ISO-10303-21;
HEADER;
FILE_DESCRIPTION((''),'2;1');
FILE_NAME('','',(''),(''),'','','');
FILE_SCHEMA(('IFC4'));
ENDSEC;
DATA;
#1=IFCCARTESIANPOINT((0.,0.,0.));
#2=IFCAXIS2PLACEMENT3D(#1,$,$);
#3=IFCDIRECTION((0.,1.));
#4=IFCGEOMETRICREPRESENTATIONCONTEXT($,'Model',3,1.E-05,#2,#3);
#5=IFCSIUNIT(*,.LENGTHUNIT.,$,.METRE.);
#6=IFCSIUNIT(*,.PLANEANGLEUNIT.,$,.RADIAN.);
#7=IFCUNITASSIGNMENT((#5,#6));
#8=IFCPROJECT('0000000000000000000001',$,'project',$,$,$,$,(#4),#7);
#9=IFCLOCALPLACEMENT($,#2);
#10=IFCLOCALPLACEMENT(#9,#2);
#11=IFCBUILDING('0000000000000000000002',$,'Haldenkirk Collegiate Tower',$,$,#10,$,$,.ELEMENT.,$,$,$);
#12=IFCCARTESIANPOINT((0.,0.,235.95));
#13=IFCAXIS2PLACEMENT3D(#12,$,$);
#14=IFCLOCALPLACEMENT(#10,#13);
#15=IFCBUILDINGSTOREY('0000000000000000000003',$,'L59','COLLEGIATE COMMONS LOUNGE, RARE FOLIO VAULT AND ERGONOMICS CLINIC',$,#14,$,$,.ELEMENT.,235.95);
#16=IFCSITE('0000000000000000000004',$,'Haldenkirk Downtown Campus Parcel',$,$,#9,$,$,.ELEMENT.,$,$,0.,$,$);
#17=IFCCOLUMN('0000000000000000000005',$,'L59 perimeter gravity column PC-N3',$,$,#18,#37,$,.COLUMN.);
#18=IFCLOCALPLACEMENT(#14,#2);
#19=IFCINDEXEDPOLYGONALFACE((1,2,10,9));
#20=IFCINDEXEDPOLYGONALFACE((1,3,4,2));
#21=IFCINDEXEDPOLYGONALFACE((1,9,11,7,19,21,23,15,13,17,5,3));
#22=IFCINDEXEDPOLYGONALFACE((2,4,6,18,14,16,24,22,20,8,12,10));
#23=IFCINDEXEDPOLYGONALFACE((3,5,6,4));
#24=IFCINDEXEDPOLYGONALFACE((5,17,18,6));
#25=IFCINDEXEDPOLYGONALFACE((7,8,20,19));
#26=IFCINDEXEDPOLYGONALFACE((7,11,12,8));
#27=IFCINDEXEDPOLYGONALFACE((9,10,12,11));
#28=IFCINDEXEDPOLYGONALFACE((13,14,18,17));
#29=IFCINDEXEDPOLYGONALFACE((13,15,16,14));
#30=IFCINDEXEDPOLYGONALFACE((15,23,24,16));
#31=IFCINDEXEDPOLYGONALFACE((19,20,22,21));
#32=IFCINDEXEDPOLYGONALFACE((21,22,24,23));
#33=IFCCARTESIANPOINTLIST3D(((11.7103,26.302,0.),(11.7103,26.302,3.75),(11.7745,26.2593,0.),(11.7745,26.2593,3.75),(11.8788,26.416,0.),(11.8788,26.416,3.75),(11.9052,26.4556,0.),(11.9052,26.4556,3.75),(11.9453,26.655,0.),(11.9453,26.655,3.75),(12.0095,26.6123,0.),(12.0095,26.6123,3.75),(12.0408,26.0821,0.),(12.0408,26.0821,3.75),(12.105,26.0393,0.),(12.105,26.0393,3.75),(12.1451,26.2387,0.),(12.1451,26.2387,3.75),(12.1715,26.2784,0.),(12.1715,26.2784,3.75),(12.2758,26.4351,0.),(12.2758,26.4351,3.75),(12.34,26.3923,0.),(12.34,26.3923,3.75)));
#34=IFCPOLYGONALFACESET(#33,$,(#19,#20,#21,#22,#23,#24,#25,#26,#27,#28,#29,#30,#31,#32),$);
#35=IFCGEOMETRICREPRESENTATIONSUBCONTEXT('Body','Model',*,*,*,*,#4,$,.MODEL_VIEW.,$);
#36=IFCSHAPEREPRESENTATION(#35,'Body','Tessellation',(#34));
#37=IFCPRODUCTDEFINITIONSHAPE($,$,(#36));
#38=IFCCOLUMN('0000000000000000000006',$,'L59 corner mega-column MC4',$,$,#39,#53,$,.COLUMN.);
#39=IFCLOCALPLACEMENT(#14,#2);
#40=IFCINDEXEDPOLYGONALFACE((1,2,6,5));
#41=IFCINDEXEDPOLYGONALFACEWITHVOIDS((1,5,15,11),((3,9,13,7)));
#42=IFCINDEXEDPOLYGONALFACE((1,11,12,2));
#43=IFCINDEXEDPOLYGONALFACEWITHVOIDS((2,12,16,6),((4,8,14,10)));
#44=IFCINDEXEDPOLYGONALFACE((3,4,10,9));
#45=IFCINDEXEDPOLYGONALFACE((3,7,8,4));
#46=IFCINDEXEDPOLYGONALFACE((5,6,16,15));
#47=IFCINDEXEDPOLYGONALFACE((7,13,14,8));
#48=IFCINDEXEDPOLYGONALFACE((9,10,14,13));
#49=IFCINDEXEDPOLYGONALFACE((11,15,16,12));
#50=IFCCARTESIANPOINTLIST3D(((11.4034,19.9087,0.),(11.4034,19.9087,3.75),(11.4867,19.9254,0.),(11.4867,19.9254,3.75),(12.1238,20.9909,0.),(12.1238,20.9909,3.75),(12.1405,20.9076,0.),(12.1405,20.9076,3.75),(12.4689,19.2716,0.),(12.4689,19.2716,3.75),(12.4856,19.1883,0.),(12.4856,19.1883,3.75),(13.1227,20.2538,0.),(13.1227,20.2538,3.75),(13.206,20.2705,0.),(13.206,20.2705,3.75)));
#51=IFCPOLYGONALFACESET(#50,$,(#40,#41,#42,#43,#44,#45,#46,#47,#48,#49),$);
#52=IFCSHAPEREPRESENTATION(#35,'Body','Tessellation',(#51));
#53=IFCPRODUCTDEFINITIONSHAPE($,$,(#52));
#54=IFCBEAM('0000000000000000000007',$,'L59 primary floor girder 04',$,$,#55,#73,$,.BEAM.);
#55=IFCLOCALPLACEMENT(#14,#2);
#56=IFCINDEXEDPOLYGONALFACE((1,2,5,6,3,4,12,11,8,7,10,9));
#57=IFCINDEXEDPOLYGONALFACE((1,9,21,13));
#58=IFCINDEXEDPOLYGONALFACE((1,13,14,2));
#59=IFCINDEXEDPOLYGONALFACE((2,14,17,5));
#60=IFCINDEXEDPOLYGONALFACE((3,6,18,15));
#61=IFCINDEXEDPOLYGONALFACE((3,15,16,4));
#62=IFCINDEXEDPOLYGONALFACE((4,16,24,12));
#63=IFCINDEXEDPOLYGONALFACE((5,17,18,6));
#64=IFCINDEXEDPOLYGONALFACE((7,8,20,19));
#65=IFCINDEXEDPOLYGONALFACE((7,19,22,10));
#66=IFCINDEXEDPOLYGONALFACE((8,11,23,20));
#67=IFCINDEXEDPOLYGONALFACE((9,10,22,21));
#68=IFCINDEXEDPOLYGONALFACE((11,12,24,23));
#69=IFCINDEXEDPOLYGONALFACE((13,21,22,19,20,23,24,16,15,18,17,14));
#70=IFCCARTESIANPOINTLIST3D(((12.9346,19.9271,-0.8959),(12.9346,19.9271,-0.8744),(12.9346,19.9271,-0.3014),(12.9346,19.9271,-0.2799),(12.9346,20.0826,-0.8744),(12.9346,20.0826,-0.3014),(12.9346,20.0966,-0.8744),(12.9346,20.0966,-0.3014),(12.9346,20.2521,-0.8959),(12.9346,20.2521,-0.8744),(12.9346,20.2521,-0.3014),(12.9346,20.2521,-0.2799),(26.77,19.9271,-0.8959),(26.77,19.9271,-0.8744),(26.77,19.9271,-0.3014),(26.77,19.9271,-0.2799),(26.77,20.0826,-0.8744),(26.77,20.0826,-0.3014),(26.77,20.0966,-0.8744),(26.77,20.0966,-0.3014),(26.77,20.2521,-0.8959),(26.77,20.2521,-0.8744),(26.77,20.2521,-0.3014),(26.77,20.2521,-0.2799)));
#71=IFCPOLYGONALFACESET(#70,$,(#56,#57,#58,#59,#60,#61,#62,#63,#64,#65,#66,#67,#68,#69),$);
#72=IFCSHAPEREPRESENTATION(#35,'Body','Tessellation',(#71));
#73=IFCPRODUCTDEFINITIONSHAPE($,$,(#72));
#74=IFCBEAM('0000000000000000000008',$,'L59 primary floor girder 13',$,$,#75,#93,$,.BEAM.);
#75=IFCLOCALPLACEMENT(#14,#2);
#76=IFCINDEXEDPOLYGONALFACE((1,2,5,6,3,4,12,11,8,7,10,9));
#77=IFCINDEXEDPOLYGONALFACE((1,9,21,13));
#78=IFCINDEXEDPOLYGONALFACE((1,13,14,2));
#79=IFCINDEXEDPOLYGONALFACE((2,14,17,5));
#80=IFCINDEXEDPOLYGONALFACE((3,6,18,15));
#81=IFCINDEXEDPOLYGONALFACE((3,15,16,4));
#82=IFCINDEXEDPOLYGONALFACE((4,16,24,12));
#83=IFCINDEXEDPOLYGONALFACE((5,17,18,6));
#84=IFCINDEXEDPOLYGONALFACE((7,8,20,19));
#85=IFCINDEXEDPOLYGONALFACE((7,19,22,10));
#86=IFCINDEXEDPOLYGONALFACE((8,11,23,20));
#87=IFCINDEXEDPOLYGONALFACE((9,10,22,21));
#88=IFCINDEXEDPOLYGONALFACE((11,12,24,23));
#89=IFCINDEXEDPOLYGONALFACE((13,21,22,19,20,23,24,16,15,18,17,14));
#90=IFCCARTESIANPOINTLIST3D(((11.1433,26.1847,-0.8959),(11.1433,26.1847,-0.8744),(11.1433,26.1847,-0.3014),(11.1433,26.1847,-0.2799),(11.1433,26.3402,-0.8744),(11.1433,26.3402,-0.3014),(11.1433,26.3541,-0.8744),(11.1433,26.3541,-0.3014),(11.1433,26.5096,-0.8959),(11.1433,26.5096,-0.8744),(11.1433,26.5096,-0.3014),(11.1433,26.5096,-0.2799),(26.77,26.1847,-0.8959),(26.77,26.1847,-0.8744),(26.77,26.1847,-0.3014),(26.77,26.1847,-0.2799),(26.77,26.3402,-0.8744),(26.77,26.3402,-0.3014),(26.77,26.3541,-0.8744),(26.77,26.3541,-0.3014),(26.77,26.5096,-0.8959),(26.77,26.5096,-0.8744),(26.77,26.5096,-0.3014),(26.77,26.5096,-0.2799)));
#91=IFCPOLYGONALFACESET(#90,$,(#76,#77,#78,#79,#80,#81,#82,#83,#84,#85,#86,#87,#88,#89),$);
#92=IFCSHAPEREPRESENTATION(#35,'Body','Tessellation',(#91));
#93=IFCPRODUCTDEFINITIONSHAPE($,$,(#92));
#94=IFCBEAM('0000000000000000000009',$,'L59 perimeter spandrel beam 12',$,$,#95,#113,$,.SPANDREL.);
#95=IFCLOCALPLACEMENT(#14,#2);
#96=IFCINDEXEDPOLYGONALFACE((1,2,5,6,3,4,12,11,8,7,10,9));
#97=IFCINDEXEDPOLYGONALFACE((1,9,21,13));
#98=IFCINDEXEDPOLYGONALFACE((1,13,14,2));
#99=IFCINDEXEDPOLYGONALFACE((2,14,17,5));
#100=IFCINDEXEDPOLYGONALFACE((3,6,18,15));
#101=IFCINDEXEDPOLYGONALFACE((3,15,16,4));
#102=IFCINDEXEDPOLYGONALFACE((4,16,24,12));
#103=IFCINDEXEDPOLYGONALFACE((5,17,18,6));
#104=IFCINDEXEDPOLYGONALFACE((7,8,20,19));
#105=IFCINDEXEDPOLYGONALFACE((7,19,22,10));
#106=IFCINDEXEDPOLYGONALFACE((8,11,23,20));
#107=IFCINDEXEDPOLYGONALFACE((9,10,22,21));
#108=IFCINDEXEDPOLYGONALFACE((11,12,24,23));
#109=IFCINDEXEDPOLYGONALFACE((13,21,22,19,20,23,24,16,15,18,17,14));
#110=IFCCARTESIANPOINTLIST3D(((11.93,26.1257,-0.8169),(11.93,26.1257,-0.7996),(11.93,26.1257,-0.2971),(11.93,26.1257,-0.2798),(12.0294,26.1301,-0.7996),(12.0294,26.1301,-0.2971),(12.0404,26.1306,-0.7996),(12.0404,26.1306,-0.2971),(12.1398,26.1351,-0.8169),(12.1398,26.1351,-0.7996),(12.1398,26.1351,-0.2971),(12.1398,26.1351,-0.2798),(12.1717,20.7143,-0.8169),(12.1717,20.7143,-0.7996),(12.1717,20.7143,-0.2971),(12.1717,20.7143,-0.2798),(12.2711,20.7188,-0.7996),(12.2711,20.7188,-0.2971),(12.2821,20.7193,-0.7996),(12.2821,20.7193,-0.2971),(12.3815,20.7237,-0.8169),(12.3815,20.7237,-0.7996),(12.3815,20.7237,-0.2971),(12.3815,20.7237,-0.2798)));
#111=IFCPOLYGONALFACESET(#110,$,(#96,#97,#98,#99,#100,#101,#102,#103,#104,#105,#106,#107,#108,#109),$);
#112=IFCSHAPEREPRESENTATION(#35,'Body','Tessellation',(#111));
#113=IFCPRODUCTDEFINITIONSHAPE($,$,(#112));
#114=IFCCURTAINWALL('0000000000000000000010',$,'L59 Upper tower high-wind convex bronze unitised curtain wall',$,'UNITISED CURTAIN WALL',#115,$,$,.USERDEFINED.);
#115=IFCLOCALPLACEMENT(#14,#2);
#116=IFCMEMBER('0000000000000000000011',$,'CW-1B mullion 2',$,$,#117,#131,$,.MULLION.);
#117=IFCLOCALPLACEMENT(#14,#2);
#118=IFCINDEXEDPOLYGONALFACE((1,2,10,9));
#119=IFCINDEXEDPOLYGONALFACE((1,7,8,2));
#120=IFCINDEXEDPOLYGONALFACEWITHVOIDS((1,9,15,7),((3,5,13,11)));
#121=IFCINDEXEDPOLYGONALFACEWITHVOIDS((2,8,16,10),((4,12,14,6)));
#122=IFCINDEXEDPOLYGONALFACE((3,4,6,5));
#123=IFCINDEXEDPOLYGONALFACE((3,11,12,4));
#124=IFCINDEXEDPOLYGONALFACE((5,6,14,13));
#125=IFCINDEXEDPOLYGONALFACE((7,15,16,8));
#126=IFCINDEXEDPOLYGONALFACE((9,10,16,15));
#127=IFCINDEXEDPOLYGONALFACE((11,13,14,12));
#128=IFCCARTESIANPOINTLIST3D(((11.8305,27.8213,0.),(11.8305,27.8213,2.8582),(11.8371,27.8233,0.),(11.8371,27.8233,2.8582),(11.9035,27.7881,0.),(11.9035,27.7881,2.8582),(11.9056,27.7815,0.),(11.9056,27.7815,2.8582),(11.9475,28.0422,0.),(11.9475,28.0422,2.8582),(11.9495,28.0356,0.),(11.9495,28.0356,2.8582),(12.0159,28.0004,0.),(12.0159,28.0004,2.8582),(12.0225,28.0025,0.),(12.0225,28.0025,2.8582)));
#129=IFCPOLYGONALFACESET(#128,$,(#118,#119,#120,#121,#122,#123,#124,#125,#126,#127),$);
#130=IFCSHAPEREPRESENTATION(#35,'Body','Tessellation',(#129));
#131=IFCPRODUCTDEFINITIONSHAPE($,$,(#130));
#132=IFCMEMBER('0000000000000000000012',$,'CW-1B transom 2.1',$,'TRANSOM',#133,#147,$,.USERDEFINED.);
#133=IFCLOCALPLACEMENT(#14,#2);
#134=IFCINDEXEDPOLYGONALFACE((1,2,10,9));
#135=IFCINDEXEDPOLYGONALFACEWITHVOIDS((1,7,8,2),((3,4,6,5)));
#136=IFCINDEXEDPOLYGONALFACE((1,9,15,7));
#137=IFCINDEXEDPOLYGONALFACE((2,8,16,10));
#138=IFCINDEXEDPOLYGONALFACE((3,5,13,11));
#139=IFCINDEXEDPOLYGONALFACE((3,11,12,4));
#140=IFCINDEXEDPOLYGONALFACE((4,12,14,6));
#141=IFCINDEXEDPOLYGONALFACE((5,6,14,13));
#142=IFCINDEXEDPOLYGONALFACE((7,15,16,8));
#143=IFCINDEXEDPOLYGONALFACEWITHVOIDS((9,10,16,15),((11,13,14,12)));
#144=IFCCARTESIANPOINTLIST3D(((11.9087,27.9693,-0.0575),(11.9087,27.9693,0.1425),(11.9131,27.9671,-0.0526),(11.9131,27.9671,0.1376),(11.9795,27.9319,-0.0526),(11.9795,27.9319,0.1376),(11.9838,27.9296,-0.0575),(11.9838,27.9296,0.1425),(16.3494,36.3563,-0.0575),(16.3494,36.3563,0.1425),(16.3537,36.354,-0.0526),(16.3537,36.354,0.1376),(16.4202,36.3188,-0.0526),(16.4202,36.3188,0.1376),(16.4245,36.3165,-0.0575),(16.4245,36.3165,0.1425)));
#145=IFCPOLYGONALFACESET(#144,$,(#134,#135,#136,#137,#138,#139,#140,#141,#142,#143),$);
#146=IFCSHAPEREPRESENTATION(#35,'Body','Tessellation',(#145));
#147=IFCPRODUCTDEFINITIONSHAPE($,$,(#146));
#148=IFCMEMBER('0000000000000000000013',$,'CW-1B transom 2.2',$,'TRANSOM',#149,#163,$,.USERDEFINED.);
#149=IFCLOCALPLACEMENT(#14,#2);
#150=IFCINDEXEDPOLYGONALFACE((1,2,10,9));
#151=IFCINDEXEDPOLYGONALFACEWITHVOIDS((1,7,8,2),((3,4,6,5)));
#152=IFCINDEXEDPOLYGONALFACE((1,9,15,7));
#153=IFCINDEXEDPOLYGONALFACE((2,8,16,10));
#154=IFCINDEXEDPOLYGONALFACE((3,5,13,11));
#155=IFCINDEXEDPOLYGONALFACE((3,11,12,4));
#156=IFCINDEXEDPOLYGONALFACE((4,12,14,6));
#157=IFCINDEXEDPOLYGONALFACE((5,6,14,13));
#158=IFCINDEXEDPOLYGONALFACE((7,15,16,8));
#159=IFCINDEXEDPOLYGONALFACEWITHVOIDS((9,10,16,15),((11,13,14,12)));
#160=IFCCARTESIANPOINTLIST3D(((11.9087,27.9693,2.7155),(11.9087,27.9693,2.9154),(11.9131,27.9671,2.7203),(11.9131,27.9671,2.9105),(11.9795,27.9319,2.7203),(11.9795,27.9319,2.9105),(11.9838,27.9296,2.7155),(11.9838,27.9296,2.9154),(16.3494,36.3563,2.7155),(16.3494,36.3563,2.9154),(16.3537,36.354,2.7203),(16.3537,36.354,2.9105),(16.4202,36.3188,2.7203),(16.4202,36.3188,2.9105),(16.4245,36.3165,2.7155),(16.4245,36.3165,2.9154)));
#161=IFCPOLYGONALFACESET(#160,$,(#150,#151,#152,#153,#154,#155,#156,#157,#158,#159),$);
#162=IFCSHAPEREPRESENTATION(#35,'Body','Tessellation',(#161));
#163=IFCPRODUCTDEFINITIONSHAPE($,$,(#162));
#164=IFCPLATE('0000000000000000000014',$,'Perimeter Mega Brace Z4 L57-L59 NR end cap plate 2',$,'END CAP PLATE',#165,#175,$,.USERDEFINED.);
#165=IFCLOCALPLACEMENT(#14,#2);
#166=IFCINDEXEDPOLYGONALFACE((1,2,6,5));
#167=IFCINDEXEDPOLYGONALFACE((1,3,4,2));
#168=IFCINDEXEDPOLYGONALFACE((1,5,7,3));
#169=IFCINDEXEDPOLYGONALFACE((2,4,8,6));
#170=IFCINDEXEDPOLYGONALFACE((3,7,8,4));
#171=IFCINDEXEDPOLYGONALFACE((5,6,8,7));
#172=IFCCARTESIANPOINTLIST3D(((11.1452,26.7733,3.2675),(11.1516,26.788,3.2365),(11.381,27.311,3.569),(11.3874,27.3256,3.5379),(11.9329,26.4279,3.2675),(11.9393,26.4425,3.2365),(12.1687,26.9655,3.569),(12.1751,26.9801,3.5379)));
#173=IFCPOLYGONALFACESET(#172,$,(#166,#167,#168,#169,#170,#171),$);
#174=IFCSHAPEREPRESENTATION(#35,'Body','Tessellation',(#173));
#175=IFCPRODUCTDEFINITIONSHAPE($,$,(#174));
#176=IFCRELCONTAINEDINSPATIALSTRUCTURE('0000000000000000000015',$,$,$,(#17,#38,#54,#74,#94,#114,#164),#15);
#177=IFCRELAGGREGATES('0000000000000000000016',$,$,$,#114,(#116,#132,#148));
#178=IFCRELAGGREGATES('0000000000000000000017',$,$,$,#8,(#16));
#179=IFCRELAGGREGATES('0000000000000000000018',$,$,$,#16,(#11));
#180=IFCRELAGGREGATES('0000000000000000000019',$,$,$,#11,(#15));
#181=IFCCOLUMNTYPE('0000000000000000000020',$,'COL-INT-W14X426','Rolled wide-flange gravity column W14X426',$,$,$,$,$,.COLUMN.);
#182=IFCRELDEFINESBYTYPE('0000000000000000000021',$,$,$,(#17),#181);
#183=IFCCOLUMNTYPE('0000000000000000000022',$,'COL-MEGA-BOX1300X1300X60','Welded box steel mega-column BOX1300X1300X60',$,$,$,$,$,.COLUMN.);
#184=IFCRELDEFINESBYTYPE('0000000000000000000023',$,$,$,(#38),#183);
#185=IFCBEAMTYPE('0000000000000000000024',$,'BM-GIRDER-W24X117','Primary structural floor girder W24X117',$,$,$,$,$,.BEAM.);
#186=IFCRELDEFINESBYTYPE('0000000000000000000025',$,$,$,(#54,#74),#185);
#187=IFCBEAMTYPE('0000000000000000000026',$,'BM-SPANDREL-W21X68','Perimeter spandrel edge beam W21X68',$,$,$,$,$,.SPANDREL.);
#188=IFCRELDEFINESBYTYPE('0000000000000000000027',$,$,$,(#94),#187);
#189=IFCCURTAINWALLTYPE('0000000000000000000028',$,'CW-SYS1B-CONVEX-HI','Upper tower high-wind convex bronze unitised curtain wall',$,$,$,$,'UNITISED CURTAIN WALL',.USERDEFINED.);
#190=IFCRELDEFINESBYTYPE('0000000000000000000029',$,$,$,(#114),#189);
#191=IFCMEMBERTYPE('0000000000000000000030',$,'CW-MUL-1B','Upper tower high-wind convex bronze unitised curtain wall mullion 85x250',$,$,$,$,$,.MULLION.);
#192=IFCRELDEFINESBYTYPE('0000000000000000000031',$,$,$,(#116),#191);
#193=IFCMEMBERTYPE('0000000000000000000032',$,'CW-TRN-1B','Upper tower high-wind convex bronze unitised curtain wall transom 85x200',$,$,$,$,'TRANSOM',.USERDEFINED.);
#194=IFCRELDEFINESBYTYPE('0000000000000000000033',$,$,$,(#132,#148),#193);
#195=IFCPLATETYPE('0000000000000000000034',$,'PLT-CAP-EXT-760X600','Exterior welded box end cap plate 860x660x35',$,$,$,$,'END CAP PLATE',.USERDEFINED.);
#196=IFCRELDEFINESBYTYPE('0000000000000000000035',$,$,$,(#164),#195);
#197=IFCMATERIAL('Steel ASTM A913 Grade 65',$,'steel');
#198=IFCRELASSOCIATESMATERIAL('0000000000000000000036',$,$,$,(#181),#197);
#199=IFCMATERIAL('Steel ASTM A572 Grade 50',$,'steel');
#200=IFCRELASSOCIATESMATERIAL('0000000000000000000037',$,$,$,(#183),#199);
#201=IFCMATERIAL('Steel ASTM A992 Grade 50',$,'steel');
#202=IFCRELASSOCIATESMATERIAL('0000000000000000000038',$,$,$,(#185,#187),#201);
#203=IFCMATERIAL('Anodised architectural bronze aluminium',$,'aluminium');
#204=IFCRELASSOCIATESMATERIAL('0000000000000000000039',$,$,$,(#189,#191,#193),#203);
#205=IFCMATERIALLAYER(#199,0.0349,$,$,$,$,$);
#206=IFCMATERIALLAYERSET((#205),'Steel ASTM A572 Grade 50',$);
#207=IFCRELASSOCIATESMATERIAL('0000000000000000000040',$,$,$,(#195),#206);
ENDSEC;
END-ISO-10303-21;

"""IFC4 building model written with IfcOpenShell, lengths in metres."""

from ifc_helpers import new_model, si_unit, direction, frame, origin, origin_2d, place, context, subcontext, project, spatial, rectangle, hollow_rectangle, i_section, extrude, source, transform, mapped, material, layer, layer_set, material_profile, profile_set, type_object, element, aggregate, save


model = new_model("IFC4")

# Units and contexts
model_context = context("Model", 3, precision=1e-05, world=origin(), true_north=direction((0.0, 1.0)))
body_context = subcontext(model_context, "Body", "Model", "MODEL_VIEW")
ifc_project = project(units=[si_unit("LENGTHUNIT", "METRE"), si_unit("PLANEANGLEUNIT", "RADIAN")], contexts=[model_context])

# Site, building, storey
site_placement = place(None, origin())
site = spatial("IfcSite", under=ifc_project, at=site_placement, Name="Haldenkirk Downtown Campus Parcel", CompositionType="ELEMENT", RefElevation=0.0)
building_placement = place(site_placement, origin())
building = spatial("IfcBuilding", under=site, at=building_placement, Name="Haldenkirk Collegiate Tower", CompositionType="ELEMENT")
storey_placement = place(building_placement, frame((0.0, 0.0, 235.95)))
storey = spatial("IfcBuildingStorey", under=building, at=storey_placement, Name="L59", Description="COLLEGIATE COMMONS LOUNGE, RARE FOLIO VAULT AND ERGONOMICS CLINIC", CompositionType="ELEMENT", Elevation=235.95)

# Columns
ifc_material_1 = material(Name="Steel ASTM A913 Grade 65", Category="steel")
ifc_material_profile_1 = material_profile(ifc_material_1, i_section(OverallWidth=0.4241, OverallDepth=0.4741, WebThickness=0.0476, FlangeThickness=0.0771, at=origin_2d()), Name="W14X426")
ifc_profile_set_1 = profile_set([ifc_material_profile_1], Name="Steel ASTM A913 Grade 65")
column_type_1 = type_object("IfcColumnType", Name="COL-INT-W14X426", Description="Rolled wide-flange gravity column W14X426", PredefinedType="COLUMN", material=ifc_profile_set_1)
column_1_placement = place(storey_placement, frame((12.0251, 26.3472, 0.0), z_axis=(0.0, 0.0, 1.0), x_axis=(0.554118, 0.832438, 0.0)))
element("IfcColumn", 1, at=column_1_placement, inside=storey, type_object=column_type_1, Name="L59 perimeter gravity column PC-N3", PredefinedType="COLUMN", context=body_context, shape_type="SweptSolid", body=[
    extrude(i_section(OverallWidth=0.4241, OverallDepth=0.4741, WebThickness=0.0476, FlangeThickness=0.0771, at=origin_2d()), origin(), (0.0, 0.0, 1.0), 3.75),
])
ifc_material_2 = material(Name="Steel ASTM A572 Grade 50", Category="steel")
ifc_material_profile_2 = material_profile(ifc_material_2, hollow_rectangle(XDim=1.3, YDim=1.3, WallThickness=0.0601, at=origin_2d()), Name="BOX1300X1300X60")
ifc_profile_set_2 = profile_set([ifc_material_profile_2], Name="Steel ASTM A572 Grade 50")
column_type_2 = type_object("IfcColumnType", Name="COL-MEGA-BOX1300X1300X60", Description="Welded box steel mega-column BOX1300X1300X60", PredefinedType="COLUMN", material=ifc_profile_set_2)
column_2_placement = place(storey_placement, frame((12.3047, 20.0896, 0.0), z_axis=(0.0, 0.0, 1.0), x_axis=(0.554118, 0.832438, 0.0)))
element("IfcColumn", 2, at=column_2_placement, inside=storey, type_object=column_type_2, Name="L59 corner mega-column MC4", PredefinedType="COLUMN", context=body_context, shape_type="SweptSolid", body=[
    extrude(hollow_rectangle(XDim=1.3, YDim=1.3, WallThickness=0.0601, at=origin_2d()), origin(), (0.0, 0.0, 1.0), 3.75),
])

# Beams
ifc_material_3 = material(Name="Steel ASTM A992 Grade 50", Category="steel")
ifc_material_profile_3 = material_profile(ifc_material_3, i_section(OverallWidth=0.325, OverallDepth=0.616, WebThickness=0.0139, FlangeThickness=0.0215, at=origin_2d()), Name="W24X117")
ifc_profile_set_3 = profile_set([ifc_material_profile_3], Name="Steel ASTM A992 Grade 50")
beam_type_1 = type_object("IfcBeamType", Name="BM-GIRDER-W24X117", Description="Primary structural floor girder W24X117", PredefinedType="BEAM", material=ifc_profile_set_3)
beam_1_placement = place(storey_placement, frame((12.9346, 20.0896, -0.5879), z_axis=(1.0, 0.0, 0.0), x_axis=(0.0, 1.0, 0.0)))
element("IfcBeam", 3, at=beam_1_placement, inside=storey, type_object=beam_type_1, Name="L59 primary floor girder 04", PredefinedType="BEAM", context=body_context, shape_type="SweptSolid", body=[
    extrude(i_section(OverallWidth=0.325, OverallDepth=0.616, WebThickness=0.0139, FlangeThickness=0.0215, at=origin_2d()), origin(), (0.0, 0.0, 1.0), 13.8354),
])
beam_2_placement = place(storey_placement, frame((11.1433, 26.3472, -0.5879), z_axis=(1.0, 0.0, 0.0), x_axis=(0.0, 1.0, 0.0)))
element("IfcBeam", 4, at=beam_2_placement, inside=storey, type_object=beam_type_1, Name="L59 primary floor girder 13", PredefinedType="BEAM", context=body_context, shape_type="SweptSolid", body=[
    extrude(i_section(OverallWidth=0.325, OverallDepth=0.616, WebThickness=0.0139, FlangeThickness=0.0215, at=origin_2d()), origin(), (0.0, 0.0, 1.0), 15.6267),
])
ifc_material_profile_4 = material_profile(ifc_material_3, i_section(OverallWidth=0.21, OverallDepth=0.5371, WebThickness=0.011, FlangeThickness=0.0173, at=origin_2d()), Name="W21X68")
ifc_profile_set_4 = profile_set([ifc_material_profile_4], Name="Steel ASTM A992 Grade 50")
beam_type_2 = type_object("IfcBeamType", Name="BM-SPANDREL-W21X68", Description="Perimeter spandrel edge beam W21X68", PredefinedType="SPANDREL", material=ifc_profile_set_4)
beam_3_placement = place(storey_placement, frame((12.0349, 26.1304, -0.5483), z_axis=(0.044621, -0.999004, 0.0), x_axis=(0.999004, 0.044621, 0.0)))
element("IfcBeam", 5, at=beam_3_placement, inside=storey, type_object=beam_type_2, Name="L59 perimeter spandrel beam 12", PredefinedType="SPANDREL", context=body_context, shape_type="SweptSolid", body=[
    extrude(i_section(OverallWidth=0.21, OverallDepth=0.5371, WebThickness=0.011, FlangeThickness=0.0173, at=origin_2d()), origin(), (0.0, 0.0, 1.0), 5.4167),
])

# Curtain wall, members
ifc_material_4 = material(Name="Anodised architectural bronze aluminium", Category="aluminium")
curtain_wall_type = type_object("IfcCurtainWallType", Name="CW-SYS1B-CONVEX-HI", Description="Upper tower high-wind convex bronze unitised curtain wall", ElementType="UNITISED CURTAIN WALL", PredefinedType="USERDEFINED", material=ifc_material_4)
curtain_wall_placement = place(storey_placement, origin())
curtain_wall = element("IfcCurtainWall", 6, at=curtain_wall_placement, inside=storey, type_object=curtain_wall_type, Name="L59 Upper tower high-wind convex bronze unitised curtain wall", ObjectType="UNITISED CURTAIN WALL", PredefinedType="USERDEFINED")
ifc_material_profile_5 = material_profile(ifc_material_4, hollow_rectangle(XDim=0.085, YDim=0.25, WallThickness=0.0049, at=origin_2d()), Name="CW-MUL-1B")
ifc_profile_set_5 = profile_set([ifc_material_profile_5], Name="Anodised architectural bronze aluminium")
member_type_1 = type_object("IfcMemberType", Name="CW-MUL-1B", Description="Upper tower high-wind convex bronze unitised curtain wall mullion 85x250", PredefinedType="MULLION", material=ifc_profile_set_5)
member_1_placement = place(storey_placement, frame((11.9265, 27.9119, 0.0), z_axis=(0.0, 0.0, 1.0), x_axis=(-0.883765, 0.467932, 0.0)))
member_1 = element("IfcMember", 7, at=member_1_placement, type_object=member_type_1, Name="CW-1B mullion 2", PredefinedType="MULLION", context=body_context, shape_type="SweptSolid", body=[
    extrude(hollow_rectangle(XDim=0.085, YDim=0.25, WallThickness=0.0049, at=origin_2d()), origin(), (0.0, 0.0, 1.0), 2.8582),
])
ifc_material_profile_6 = material_profile(ifc_material_4, hollow_rectangle(XDim=0.085, YDim=0.2, WallThickness=0.0049, at=origin_2d()), Name="CW-TRN-1B")
ifc_profile_set_6 = profile_set([ifc_material_profile_6], Name="Anodised architectural bronze aluminium")
member_type_2 = type_object("IfcMemberType", Name="CW-TRN-1B", Description="Upper tower high-wind convex bronze unitised curtain wall transom 85x200", ElementType="TRANSOM", PredefinedType="USERDEFINED", material=ifc_profile_set_6)
member_2_placement = place(storey_placement, frame((11.9463, 27.9495, 0.0425), z_axis=(0.46793, 0.883765, 0.0), x_axis=(-0.883765, 0.46793, 0.0)))
member_2 = element("IfcMember", 8, at=member_2_placement, type_object=member_type_2, Name="CW-1B transom 2.1", ObjectType="TRANSOM", PredefinedType="USERDEFINED", context=body_context, shape_type="SweptSolid", body=[
    extrude(hollow_rectangle(XDim=0.085, YDim=0.2, WallThickness=0.0049, at=origin_2d()), origin(), (0.0, 0.0, 1.0), 9.49),
])
member_3_placement = place(storey_placement, frame((11.9463, 27.9495, 2.8154), z_axis=(0.46793, 0.883765, 0.0), x_axis=(-0.883765, 0.46793, 0.0)))
member_3 = element("IfcMember", 9, at=member_3_placement, type_object=member_type_2, Name="CW-1B transom 2.2", ObjectType="TRANSOM", PredefinedType="USERDEFINED", context=body_context, shape_type="SweptSolid", body=[
    extrude(hollow_rectangle(XDim=0.085, YDim=0.2, WallThickness=0.0049, at=origin_2d()), origin(), (0.0, 0.0, 1.0), 9.49),
])

# Plate
ifc_layer_1 = layer(ifc_material_2, 0.0349)
ifc_layer_set_1 = layer_set([ifc_layer_1], Name="Steel ASTM A572 Grade 50")
plate_type_1 = type_object("IfcPlateType", Name="PLT-CAP-EXT-760X600", Description="Exterior welded box end cap plate 860x660x35", ElementType="END CAP PLATE", PredefinedType="USERDEFINED", material=ifc_layer_set_1)
shared_shape_1 = source(origin(), body_context, "Body", "SweptSolid", [
    extrude(rectangle(XDim=0.8601, YDim=0.6599, at=origin_2d()), origin(), (0.0, 0.0, 1.0), 0.0349),
])
plate_1_placement = place(storey_placement, frame((11.6633, 26.884, 3.3872), z_axis=(-0.183461, -0.418324, 0.889577), x_axis=(0.9158, -0.401636, 0.0)))
element("IfcPlate", 10, at=plate_1_placement, inside=storey, type_object=plate_type_1, Name="Perimeter Mega Brace Z4 L57-L59 NR end cap plate 2", ObjectType="END CAP PLATE", PredefinedType="USERDEFINED", context=body_context, shape_type="MappedRepresentation", body=[
    mapped(shared_shape_1, transform((0.0, 0.0, 0.0), x_axis=(1.0, 0.0, 0.0), y_axis=(0.0, 1.0, 0.0), z_axis=(0.0, 0.0, 1.0), scale=1.0)),
])
aggregate(curtain_wall, [member_1, member_2, member_3])

save(model, "model.ifc")
